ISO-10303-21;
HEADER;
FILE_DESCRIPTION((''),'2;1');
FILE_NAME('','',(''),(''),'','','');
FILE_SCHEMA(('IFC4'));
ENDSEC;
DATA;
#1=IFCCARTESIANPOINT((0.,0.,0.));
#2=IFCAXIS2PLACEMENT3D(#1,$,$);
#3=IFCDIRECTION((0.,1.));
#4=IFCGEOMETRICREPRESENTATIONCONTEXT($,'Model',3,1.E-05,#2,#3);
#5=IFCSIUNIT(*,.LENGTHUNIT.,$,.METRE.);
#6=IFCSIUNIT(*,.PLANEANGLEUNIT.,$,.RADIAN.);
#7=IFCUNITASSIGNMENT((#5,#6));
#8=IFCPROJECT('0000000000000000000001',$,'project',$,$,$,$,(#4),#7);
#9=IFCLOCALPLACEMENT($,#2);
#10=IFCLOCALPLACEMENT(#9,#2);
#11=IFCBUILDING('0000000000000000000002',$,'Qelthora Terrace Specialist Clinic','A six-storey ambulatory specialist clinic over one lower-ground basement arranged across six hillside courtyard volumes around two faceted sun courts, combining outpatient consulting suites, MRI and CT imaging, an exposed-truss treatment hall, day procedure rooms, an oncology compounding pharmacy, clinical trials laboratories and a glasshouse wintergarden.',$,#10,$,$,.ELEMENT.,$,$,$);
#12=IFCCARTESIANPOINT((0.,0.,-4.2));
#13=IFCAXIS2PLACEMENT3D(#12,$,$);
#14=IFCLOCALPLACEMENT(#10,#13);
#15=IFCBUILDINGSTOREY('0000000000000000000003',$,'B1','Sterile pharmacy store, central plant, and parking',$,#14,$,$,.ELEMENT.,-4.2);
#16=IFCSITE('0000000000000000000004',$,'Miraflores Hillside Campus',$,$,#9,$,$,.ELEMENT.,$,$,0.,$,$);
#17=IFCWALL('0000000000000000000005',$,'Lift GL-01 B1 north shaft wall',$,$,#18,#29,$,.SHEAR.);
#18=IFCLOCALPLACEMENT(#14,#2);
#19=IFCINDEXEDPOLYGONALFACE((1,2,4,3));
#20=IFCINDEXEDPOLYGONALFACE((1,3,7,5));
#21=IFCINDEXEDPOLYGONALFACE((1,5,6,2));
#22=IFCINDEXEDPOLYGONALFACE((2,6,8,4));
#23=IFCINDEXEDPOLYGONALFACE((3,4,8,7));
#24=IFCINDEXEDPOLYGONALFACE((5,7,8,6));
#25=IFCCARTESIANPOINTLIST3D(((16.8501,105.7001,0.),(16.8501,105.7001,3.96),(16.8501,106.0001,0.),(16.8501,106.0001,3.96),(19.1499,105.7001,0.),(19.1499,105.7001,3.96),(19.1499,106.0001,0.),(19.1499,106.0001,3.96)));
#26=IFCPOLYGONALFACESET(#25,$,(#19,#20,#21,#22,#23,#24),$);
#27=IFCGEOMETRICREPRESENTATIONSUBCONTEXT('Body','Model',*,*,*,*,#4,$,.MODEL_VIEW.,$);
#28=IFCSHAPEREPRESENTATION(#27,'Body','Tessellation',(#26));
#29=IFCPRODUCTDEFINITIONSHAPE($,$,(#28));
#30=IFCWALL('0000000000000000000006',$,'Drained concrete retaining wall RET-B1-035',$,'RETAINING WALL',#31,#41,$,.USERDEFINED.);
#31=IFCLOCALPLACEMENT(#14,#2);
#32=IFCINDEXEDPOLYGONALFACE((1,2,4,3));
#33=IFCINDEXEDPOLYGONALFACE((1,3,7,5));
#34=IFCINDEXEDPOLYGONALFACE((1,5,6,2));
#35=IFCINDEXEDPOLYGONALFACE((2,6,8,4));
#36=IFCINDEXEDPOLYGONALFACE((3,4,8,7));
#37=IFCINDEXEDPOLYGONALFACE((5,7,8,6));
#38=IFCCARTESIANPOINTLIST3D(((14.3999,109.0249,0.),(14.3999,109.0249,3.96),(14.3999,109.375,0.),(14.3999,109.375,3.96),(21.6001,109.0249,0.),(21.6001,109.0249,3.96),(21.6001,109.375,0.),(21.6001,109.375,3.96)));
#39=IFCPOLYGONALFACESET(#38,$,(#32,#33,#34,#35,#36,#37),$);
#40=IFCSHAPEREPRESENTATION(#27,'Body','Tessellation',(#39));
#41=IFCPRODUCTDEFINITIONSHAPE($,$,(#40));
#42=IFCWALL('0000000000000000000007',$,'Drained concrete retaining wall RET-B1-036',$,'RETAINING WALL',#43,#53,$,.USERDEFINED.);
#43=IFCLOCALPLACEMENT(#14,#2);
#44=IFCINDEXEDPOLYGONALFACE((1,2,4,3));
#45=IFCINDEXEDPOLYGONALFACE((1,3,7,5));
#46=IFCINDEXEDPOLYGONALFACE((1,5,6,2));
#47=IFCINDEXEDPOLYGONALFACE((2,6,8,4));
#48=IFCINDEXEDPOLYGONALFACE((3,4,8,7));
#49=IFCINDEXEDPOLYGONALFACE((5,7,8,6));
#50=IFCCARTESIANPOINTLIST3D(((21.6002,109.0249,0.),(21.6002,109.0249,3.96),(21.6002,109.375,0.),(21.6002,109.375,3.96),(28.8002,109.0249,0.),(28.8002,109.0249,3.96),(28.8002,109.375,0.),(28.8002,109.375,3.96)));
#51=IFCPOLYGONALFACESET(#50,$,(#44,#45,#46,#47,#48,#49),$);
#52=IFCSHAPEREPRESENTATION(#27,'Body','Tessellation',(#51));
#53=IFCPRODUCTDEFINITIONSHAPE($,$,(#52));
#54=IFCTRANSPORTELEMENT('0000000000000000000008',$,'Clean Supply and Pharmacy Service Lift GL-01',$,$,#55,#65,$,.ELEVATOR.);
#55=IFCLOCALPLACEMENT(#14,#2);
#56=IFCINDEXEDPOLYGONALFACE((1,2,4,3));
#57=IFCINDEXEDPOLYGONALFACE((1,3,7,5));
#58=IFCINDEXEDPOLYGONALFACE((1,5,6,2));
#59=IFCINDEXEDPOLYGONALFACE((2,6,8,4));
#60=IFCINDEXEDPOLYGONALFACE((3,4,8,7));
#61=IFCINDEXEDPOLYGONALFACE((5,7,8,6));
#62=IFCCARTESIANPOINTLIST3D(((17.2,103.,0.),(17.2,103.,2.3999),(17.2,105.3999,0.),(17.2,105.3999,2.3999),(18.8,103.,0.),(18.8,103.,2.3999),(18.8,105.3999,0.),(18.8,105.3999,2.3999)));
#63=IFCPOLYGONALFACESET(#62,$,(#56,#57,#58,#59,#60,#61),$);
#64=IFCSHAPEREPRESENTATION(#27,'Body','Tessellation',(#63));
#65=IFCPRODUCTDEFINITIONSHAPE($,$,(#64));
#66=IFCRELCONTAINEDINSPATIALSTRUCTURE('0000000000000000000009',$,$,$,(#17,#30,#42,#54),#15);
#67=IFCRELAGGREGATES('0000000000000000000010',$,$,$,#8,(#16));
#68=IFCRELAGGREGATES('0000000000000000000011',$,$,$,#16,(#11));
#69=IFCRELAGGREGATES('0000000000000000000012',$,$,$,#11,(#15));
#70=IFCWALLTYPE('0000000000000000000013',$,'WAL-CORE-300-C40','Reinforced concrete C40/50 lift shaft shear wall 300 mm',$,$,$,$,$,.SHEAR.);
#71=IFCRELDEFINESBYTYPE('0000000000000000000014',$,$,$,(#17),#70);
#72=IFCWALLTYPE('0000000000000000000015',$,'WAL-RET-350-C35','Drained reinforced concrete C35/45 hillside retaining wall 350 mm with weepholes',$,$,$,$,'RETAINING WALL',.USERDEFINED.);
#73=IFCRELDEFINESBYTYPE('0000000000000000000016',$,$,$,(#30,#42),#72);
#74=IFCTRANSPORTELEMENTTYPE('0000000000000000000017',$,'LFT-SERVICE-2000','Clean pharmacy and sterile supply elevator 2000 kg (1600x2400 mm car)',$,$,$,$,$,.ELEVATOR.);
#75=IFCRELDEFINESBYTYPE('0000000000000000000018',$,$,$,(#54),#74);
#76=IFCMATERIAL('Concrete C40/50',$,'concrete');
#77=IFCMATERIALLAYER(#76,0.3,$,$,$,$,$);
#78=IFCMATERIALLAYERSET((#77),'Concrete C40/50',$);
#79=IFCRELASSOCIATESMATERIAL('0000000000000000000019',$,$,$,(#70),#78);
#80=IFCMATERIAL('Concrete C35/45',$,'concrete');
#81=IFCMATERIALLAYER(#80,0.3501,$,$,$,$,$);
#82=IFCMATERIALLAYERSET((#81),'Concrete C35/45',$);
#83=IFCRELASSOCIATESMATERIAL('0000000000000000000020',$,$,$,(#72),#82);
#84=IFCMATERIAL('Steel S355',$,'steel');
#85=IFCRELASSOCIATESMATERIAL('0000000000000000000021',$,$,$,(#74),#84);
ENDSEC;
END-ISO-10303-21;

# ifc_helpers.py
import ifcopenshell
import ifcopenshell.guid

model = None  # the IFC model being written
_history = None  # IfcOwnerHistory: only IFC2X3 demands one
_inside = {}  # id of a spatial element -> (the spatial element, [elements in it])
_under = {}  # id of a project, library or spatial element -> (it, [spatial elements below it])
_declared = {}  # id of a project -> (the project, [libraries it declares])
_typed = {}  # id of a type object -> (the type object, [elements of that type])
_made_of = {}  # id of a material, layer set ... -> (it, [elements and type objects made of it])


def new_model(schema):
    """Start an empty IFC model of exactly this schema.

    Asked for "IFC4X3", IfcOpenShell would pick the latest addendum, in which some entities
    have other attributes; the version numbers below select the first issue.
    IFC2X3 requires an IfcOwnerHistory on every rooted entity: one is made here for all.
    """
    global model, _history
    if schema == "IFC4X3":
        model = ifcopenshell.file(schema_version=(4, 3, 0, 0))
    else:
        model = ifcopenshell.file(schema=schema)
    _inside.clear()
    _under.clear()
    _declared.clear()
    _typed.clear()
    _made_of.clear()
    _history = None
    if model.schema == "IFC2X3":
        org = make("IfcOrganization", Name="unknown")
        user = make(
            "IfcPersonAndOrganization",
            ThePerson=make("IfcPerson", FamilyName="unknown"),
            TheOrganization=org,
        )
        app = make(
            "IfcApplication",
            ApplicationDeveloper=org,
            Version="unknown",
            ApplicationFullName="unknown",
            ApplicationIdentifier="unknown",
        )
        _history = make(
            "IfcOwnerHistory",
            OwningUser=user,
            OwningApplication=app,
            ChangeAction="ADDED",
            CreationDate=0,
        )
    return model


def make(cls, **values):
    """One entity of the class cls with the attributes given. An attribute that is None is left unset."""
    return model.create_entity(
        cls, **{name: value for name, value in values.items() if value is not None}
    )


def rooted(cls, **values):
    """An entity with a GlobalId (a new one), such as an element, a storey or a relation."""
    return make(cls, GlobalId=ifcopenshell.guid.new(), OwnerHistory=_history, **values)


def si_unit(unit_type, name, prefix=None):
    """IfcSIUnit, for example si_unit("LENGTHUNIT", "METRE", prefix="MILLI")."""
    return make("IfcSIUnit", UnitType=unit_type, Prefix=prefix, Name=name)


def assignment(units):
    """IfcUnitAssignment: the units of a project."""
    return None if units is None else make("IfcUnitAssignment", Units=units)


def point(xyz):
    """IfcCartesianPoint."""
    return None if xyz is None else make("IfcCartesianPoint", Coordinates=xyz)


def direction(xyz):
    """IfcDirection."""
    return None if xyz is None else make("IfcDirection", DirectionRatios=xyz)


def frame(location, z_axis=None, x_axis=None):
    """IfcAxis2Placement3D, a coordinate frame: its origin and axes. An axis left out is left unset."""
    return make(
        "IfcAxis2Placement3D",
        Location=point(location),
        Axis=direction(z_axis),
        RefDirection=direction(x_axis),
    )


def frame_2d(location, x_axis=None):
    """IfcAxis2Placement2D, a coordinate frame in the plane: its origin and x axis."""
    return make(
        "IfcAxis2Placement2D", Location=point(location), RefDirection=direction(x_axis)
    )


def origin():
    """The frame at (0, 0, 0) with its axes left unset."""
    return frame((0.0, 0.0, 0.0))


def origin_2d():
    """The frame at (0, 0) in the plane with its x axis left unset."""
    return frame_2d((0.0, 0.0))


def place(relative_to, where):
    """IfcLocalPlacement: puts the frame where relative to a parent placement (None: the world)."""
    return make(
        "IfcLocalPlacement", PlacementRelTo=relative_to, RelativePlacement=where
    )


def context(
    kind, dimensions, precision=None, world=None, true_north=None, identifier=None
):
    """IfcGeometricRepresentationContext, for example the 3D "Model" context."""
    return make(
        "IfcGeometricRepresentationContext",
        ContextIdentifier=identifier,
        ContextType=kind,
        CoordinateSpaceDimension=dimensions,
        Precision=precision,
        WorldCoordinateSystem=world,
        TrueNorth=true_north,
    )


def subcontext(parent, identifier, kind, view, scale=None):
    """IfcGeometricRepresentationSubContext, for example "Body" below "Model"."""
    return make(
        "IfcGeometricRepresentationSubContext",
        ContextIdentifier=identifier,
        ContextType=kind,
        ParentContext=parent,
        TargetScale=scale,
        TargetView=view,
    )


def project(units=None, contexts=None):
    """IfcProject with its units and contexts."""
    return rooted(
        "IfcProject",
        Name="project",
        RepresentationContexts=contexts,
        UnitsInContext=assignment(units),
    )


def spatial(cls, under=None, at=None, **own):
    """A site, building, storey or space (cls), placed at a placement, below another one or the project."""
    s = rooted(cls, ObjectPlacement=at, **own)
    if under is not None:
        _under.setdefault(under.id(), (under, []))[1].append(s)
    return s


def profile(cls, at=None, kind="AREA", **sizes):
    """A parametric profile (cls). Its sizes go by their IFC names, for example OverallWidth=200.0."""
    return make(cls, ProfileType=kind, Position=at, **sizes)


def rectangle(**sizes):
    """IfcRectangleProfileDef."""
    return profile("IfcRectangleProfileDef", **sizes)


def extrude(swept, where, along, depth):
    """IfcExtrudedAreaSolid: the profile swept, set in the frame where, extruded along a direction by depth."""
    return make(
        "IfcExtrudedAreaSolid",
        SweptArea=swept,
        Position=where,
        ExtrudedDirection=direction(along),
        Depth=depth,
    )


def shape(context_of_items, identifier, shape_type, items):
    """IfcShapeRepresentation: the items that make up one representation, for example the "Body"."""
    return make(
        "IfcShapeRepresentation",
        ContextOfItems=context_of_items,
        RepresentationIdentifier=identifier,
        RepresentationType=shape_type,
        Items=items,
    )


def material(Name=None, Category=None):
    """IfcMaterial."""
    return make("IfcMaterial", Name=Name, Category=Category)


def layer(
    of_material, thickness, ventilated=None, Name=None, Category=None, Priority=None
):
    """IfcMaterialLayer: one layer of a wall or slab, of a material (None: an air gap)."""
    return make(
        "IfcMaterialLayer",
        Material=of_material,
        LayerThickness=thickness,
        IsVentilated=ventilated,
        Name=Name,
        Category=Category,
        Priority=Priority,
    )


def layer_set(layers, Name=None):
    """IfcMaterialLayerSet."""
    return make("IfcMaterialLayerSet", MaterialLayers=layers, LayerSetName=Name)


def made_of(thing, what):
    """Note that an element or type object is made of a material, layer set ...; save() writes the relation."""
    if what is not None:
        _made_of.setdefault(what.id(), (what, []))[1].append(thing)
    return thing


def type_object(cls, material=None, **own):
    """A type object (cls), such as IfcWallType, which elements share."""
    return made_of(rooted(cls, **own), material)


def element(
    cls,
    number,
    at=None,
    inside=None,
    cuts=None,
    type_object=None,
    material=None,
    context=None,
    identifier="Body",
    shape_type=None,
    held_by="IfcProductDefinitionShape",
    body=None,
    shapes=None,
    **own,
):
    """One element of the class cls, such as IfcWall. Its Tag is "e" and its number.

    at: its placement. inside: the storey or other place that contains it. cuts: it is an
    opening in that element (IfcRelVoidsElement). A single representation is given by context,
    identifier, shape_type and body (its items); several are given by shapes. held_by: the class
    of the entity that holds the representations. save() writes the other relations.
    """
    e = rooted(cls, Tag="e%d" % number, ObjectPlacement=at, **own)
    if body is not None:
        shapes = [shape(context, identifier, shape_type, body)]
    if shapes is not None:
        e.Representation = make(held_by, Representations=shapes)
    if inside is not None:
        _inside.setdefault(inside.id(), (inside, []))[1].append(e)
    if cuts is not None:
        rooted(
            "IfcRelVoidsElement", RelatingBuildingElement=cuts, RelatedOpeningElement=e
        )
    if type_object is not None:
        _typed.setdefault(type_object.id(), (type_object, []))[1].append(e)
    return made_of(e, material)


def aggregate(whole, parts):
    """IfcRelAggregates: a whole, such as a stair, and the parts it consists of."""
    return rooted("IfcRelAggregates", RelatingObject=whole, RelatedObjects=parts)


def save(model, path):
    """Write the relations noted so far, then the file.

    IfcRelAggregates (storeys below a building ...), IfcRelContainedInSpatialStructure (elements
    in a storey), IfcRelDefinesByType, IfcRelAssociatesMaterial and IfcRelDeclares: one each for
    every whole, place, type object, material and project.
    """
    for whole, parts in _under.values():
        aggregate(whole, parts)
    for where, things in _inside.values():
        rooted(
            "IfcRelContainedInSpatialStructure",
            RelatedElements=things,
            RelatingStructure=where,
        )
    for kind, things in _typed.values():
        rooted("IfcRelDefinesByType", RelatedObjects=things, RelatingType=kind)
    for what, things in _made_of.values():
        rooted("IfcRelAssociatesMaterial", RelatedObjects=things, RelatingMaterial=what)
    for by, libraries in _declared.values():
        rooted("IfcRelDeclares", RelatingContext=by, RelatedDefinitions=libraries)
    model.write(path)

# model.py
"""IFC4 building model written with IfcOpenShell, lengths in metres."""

from ifc_helpers import new_model, si_unit, direction, frame, frame_2d, origin, origin_2d, place, context, subcontext, project, spatial, rectangle, extrude, material, layer, layer_set, type_object, element, save


model = new_model("IFC4")

# Units and contexts
model_context = context("Model", 3, precision=1e-05, world=origin(), true_north=direction((0.0, 1.0)))
body_context = subcontext(model_context, "Body", "Model", "MODEL_VIEW")
ifc_project = project(units=[si_unit("LENGTHUNIT", "METRE"), si_unit("PLANEANGLEUNIT", "RADIAN")], contexts=[model_context])

# Site, building, storey
site_placement = place(None, origin())
site = spatial("IfcSite", under=ifc_project, at=site_placement, Name="Miraflores Hillside Campus", CompositionType="ELEMENT", RefElevation=0.0)
building_placement = place(site_placement, origin())
building = spatial("IfcBuilding", under=site, at=building_placement, Name="Qelthora Terrace Specialist Clinic", Description="A six-storey ambulatory specialist clinic over one lower-ground basement arranged across six hillside courtyard volumes around two faceted sun courts, combining outpatient consulting suites, MRI and CT imaging, an exposed-truss treatment hall, day procedure rooms, an oncology compounding pharmacy, clinical trials laboratories and a glasshouse wintergarden.", CompositionType="ELEMENT")
storey_placement = place(building_placement, frame((0.0, 0.0, -4.2)))
storey = spatial("IfcBuildingStorey", under=building, at=storey_placement, Name="B1", Description="Sterile pharmacy store, central plant, and parking", CompositionType="ELEMENT", Elevation=-4.2)

# Shared definitions
ifc_material_1 = material(Name="Concrete C35/45", Category="concrete")

# Shared definitions
ifc_material_2 = material(Name="Concrete C40/50", Category="concrete")
ifc_material_3 = material(Name="Steel S355", Category="steel")

# Wall
ifc_layer_1 = layer(ifc_material_2, 0.3)
ifc_layer_set_1 = layer_set([ifc_layer_1], Name="Concrete C40/50")
wall_type_1 = type_object("IfcWallType", Name="WAL-CORE-300-C40", Description="Reinforced concrete C40/50 lift shaft shear wall 300 mm", PredefinedType="SHEAR", material=ifc_layer_set_1)
wall_1_placement = place(storey_placement, frame((16.8501, 105.8501, 0.0), z_axis=(0.0, 0.0, 1.0), x_axis=(1.0, 0.0, 0.0)))
element("IfcWall", 1, at=wall_1_placement, inside=storey, type_object=wall_type_1, Name="Lift GL-01 B1 north shaft wall", PredefinedType="SHEAR", context=body_context, shape_type="SweptSolid", body=[
    extrude(rectangle(XDim=2.2998, YDim=0.3, at=frame_2d((1.1499, 0.0))), origin(), (0.0, 0.0, 1.0), 3.96),
])

# Walls
ifc_layer_2 = layer(ifc_material_1, 0.3501)
ifc_layer_set_2 = layer_set([ifc_layer_2], Name="Concrete C35/45")
wall_type_2 = type_object("IfcWallType", Name="WAL-RET-350-C35", Description="Drained reinforced concrete C35/45 hillside retaining wall 350 mm with weepholes", ElementType="RETAINING WALL", PredefinedType="USERDEFINED", material=ifc_layer_set_2)
wall_2_placement = place(storey_placement, frame((14.3999, 109.2, 0.0), z_axis=(0.0, 0.0, 1.0), x_axis=(1.0, 0.0, 0.0)))
element("IfcWall", 2, at=wall_2_placement, inside=storey, type_object=wall_type_2, Name="Drained concrete retaining wall RET-B1-035", ObjectType="RETAINING WALL", PredefinedType="USERDEFINED", context=body_context, shape_type="SweptSolid", body=[
    extrude(rectangle(XDim=7.2002, YDim=0.3501, at=frame_2d((3.6001, 0.0))), origin(), (0.0, 0.0, 1.0), 3.96),
])
wall_3_placement = place(storey_placement, frame((21.6001, 109.2, 0.0), z_axis=(0.0, 0.0, 1.0), x_axis=(1.0, 0.0, 0.0)))
element("IfcWall", 3, at=wall_3_placement, inside=storey, type_object=wall_type_2, Name="Drained concrete retaining wall RET-B1-036", ObjectType="RETAINING WALL", PredefinedType="USERDEFINED", context=body_context, shape_type="SweptSolid", body=[
    extrude(rectangle(XDim=7.2, YDim=0.3501, at=frame_2d((3.6001, 0.0))), origin(), (0.0, 0.0, 1.0), 3.96),
])

# Transport element
transport_element_type = type_object("IfcTransportElementType", Name="LFT-SERVICE-2000", Description="Clean pharmacy and sterile supply elevator 2000 kg (1600x2400 mm car)", PredefinedType="ELEVATOR", material=ifc_material_3)
transport_element_placement = place(storey_placement, frame((18.0, 104.2, 0.0), z_axis=(0.0, 0.0, 1.0), x_axis=(1.0, 0.0, 0.0)))
element("IfcTransportElement", 4, at=transport_element_placement, inside=storey, type_object=transport_element_type, Name="Clean Supply and Pharmacy Service Lift GL-01", PredefinedType="ELEVATOR", context=body_context, shape_type="SweptSolid", body=[
    extrude(rectangle(XDim=1.6001, YDim=2.3999, at=origin_2d()), origin(), (0.0, 0.0, 1.0), 2.3999),
])

save(model, "model.ifc")
